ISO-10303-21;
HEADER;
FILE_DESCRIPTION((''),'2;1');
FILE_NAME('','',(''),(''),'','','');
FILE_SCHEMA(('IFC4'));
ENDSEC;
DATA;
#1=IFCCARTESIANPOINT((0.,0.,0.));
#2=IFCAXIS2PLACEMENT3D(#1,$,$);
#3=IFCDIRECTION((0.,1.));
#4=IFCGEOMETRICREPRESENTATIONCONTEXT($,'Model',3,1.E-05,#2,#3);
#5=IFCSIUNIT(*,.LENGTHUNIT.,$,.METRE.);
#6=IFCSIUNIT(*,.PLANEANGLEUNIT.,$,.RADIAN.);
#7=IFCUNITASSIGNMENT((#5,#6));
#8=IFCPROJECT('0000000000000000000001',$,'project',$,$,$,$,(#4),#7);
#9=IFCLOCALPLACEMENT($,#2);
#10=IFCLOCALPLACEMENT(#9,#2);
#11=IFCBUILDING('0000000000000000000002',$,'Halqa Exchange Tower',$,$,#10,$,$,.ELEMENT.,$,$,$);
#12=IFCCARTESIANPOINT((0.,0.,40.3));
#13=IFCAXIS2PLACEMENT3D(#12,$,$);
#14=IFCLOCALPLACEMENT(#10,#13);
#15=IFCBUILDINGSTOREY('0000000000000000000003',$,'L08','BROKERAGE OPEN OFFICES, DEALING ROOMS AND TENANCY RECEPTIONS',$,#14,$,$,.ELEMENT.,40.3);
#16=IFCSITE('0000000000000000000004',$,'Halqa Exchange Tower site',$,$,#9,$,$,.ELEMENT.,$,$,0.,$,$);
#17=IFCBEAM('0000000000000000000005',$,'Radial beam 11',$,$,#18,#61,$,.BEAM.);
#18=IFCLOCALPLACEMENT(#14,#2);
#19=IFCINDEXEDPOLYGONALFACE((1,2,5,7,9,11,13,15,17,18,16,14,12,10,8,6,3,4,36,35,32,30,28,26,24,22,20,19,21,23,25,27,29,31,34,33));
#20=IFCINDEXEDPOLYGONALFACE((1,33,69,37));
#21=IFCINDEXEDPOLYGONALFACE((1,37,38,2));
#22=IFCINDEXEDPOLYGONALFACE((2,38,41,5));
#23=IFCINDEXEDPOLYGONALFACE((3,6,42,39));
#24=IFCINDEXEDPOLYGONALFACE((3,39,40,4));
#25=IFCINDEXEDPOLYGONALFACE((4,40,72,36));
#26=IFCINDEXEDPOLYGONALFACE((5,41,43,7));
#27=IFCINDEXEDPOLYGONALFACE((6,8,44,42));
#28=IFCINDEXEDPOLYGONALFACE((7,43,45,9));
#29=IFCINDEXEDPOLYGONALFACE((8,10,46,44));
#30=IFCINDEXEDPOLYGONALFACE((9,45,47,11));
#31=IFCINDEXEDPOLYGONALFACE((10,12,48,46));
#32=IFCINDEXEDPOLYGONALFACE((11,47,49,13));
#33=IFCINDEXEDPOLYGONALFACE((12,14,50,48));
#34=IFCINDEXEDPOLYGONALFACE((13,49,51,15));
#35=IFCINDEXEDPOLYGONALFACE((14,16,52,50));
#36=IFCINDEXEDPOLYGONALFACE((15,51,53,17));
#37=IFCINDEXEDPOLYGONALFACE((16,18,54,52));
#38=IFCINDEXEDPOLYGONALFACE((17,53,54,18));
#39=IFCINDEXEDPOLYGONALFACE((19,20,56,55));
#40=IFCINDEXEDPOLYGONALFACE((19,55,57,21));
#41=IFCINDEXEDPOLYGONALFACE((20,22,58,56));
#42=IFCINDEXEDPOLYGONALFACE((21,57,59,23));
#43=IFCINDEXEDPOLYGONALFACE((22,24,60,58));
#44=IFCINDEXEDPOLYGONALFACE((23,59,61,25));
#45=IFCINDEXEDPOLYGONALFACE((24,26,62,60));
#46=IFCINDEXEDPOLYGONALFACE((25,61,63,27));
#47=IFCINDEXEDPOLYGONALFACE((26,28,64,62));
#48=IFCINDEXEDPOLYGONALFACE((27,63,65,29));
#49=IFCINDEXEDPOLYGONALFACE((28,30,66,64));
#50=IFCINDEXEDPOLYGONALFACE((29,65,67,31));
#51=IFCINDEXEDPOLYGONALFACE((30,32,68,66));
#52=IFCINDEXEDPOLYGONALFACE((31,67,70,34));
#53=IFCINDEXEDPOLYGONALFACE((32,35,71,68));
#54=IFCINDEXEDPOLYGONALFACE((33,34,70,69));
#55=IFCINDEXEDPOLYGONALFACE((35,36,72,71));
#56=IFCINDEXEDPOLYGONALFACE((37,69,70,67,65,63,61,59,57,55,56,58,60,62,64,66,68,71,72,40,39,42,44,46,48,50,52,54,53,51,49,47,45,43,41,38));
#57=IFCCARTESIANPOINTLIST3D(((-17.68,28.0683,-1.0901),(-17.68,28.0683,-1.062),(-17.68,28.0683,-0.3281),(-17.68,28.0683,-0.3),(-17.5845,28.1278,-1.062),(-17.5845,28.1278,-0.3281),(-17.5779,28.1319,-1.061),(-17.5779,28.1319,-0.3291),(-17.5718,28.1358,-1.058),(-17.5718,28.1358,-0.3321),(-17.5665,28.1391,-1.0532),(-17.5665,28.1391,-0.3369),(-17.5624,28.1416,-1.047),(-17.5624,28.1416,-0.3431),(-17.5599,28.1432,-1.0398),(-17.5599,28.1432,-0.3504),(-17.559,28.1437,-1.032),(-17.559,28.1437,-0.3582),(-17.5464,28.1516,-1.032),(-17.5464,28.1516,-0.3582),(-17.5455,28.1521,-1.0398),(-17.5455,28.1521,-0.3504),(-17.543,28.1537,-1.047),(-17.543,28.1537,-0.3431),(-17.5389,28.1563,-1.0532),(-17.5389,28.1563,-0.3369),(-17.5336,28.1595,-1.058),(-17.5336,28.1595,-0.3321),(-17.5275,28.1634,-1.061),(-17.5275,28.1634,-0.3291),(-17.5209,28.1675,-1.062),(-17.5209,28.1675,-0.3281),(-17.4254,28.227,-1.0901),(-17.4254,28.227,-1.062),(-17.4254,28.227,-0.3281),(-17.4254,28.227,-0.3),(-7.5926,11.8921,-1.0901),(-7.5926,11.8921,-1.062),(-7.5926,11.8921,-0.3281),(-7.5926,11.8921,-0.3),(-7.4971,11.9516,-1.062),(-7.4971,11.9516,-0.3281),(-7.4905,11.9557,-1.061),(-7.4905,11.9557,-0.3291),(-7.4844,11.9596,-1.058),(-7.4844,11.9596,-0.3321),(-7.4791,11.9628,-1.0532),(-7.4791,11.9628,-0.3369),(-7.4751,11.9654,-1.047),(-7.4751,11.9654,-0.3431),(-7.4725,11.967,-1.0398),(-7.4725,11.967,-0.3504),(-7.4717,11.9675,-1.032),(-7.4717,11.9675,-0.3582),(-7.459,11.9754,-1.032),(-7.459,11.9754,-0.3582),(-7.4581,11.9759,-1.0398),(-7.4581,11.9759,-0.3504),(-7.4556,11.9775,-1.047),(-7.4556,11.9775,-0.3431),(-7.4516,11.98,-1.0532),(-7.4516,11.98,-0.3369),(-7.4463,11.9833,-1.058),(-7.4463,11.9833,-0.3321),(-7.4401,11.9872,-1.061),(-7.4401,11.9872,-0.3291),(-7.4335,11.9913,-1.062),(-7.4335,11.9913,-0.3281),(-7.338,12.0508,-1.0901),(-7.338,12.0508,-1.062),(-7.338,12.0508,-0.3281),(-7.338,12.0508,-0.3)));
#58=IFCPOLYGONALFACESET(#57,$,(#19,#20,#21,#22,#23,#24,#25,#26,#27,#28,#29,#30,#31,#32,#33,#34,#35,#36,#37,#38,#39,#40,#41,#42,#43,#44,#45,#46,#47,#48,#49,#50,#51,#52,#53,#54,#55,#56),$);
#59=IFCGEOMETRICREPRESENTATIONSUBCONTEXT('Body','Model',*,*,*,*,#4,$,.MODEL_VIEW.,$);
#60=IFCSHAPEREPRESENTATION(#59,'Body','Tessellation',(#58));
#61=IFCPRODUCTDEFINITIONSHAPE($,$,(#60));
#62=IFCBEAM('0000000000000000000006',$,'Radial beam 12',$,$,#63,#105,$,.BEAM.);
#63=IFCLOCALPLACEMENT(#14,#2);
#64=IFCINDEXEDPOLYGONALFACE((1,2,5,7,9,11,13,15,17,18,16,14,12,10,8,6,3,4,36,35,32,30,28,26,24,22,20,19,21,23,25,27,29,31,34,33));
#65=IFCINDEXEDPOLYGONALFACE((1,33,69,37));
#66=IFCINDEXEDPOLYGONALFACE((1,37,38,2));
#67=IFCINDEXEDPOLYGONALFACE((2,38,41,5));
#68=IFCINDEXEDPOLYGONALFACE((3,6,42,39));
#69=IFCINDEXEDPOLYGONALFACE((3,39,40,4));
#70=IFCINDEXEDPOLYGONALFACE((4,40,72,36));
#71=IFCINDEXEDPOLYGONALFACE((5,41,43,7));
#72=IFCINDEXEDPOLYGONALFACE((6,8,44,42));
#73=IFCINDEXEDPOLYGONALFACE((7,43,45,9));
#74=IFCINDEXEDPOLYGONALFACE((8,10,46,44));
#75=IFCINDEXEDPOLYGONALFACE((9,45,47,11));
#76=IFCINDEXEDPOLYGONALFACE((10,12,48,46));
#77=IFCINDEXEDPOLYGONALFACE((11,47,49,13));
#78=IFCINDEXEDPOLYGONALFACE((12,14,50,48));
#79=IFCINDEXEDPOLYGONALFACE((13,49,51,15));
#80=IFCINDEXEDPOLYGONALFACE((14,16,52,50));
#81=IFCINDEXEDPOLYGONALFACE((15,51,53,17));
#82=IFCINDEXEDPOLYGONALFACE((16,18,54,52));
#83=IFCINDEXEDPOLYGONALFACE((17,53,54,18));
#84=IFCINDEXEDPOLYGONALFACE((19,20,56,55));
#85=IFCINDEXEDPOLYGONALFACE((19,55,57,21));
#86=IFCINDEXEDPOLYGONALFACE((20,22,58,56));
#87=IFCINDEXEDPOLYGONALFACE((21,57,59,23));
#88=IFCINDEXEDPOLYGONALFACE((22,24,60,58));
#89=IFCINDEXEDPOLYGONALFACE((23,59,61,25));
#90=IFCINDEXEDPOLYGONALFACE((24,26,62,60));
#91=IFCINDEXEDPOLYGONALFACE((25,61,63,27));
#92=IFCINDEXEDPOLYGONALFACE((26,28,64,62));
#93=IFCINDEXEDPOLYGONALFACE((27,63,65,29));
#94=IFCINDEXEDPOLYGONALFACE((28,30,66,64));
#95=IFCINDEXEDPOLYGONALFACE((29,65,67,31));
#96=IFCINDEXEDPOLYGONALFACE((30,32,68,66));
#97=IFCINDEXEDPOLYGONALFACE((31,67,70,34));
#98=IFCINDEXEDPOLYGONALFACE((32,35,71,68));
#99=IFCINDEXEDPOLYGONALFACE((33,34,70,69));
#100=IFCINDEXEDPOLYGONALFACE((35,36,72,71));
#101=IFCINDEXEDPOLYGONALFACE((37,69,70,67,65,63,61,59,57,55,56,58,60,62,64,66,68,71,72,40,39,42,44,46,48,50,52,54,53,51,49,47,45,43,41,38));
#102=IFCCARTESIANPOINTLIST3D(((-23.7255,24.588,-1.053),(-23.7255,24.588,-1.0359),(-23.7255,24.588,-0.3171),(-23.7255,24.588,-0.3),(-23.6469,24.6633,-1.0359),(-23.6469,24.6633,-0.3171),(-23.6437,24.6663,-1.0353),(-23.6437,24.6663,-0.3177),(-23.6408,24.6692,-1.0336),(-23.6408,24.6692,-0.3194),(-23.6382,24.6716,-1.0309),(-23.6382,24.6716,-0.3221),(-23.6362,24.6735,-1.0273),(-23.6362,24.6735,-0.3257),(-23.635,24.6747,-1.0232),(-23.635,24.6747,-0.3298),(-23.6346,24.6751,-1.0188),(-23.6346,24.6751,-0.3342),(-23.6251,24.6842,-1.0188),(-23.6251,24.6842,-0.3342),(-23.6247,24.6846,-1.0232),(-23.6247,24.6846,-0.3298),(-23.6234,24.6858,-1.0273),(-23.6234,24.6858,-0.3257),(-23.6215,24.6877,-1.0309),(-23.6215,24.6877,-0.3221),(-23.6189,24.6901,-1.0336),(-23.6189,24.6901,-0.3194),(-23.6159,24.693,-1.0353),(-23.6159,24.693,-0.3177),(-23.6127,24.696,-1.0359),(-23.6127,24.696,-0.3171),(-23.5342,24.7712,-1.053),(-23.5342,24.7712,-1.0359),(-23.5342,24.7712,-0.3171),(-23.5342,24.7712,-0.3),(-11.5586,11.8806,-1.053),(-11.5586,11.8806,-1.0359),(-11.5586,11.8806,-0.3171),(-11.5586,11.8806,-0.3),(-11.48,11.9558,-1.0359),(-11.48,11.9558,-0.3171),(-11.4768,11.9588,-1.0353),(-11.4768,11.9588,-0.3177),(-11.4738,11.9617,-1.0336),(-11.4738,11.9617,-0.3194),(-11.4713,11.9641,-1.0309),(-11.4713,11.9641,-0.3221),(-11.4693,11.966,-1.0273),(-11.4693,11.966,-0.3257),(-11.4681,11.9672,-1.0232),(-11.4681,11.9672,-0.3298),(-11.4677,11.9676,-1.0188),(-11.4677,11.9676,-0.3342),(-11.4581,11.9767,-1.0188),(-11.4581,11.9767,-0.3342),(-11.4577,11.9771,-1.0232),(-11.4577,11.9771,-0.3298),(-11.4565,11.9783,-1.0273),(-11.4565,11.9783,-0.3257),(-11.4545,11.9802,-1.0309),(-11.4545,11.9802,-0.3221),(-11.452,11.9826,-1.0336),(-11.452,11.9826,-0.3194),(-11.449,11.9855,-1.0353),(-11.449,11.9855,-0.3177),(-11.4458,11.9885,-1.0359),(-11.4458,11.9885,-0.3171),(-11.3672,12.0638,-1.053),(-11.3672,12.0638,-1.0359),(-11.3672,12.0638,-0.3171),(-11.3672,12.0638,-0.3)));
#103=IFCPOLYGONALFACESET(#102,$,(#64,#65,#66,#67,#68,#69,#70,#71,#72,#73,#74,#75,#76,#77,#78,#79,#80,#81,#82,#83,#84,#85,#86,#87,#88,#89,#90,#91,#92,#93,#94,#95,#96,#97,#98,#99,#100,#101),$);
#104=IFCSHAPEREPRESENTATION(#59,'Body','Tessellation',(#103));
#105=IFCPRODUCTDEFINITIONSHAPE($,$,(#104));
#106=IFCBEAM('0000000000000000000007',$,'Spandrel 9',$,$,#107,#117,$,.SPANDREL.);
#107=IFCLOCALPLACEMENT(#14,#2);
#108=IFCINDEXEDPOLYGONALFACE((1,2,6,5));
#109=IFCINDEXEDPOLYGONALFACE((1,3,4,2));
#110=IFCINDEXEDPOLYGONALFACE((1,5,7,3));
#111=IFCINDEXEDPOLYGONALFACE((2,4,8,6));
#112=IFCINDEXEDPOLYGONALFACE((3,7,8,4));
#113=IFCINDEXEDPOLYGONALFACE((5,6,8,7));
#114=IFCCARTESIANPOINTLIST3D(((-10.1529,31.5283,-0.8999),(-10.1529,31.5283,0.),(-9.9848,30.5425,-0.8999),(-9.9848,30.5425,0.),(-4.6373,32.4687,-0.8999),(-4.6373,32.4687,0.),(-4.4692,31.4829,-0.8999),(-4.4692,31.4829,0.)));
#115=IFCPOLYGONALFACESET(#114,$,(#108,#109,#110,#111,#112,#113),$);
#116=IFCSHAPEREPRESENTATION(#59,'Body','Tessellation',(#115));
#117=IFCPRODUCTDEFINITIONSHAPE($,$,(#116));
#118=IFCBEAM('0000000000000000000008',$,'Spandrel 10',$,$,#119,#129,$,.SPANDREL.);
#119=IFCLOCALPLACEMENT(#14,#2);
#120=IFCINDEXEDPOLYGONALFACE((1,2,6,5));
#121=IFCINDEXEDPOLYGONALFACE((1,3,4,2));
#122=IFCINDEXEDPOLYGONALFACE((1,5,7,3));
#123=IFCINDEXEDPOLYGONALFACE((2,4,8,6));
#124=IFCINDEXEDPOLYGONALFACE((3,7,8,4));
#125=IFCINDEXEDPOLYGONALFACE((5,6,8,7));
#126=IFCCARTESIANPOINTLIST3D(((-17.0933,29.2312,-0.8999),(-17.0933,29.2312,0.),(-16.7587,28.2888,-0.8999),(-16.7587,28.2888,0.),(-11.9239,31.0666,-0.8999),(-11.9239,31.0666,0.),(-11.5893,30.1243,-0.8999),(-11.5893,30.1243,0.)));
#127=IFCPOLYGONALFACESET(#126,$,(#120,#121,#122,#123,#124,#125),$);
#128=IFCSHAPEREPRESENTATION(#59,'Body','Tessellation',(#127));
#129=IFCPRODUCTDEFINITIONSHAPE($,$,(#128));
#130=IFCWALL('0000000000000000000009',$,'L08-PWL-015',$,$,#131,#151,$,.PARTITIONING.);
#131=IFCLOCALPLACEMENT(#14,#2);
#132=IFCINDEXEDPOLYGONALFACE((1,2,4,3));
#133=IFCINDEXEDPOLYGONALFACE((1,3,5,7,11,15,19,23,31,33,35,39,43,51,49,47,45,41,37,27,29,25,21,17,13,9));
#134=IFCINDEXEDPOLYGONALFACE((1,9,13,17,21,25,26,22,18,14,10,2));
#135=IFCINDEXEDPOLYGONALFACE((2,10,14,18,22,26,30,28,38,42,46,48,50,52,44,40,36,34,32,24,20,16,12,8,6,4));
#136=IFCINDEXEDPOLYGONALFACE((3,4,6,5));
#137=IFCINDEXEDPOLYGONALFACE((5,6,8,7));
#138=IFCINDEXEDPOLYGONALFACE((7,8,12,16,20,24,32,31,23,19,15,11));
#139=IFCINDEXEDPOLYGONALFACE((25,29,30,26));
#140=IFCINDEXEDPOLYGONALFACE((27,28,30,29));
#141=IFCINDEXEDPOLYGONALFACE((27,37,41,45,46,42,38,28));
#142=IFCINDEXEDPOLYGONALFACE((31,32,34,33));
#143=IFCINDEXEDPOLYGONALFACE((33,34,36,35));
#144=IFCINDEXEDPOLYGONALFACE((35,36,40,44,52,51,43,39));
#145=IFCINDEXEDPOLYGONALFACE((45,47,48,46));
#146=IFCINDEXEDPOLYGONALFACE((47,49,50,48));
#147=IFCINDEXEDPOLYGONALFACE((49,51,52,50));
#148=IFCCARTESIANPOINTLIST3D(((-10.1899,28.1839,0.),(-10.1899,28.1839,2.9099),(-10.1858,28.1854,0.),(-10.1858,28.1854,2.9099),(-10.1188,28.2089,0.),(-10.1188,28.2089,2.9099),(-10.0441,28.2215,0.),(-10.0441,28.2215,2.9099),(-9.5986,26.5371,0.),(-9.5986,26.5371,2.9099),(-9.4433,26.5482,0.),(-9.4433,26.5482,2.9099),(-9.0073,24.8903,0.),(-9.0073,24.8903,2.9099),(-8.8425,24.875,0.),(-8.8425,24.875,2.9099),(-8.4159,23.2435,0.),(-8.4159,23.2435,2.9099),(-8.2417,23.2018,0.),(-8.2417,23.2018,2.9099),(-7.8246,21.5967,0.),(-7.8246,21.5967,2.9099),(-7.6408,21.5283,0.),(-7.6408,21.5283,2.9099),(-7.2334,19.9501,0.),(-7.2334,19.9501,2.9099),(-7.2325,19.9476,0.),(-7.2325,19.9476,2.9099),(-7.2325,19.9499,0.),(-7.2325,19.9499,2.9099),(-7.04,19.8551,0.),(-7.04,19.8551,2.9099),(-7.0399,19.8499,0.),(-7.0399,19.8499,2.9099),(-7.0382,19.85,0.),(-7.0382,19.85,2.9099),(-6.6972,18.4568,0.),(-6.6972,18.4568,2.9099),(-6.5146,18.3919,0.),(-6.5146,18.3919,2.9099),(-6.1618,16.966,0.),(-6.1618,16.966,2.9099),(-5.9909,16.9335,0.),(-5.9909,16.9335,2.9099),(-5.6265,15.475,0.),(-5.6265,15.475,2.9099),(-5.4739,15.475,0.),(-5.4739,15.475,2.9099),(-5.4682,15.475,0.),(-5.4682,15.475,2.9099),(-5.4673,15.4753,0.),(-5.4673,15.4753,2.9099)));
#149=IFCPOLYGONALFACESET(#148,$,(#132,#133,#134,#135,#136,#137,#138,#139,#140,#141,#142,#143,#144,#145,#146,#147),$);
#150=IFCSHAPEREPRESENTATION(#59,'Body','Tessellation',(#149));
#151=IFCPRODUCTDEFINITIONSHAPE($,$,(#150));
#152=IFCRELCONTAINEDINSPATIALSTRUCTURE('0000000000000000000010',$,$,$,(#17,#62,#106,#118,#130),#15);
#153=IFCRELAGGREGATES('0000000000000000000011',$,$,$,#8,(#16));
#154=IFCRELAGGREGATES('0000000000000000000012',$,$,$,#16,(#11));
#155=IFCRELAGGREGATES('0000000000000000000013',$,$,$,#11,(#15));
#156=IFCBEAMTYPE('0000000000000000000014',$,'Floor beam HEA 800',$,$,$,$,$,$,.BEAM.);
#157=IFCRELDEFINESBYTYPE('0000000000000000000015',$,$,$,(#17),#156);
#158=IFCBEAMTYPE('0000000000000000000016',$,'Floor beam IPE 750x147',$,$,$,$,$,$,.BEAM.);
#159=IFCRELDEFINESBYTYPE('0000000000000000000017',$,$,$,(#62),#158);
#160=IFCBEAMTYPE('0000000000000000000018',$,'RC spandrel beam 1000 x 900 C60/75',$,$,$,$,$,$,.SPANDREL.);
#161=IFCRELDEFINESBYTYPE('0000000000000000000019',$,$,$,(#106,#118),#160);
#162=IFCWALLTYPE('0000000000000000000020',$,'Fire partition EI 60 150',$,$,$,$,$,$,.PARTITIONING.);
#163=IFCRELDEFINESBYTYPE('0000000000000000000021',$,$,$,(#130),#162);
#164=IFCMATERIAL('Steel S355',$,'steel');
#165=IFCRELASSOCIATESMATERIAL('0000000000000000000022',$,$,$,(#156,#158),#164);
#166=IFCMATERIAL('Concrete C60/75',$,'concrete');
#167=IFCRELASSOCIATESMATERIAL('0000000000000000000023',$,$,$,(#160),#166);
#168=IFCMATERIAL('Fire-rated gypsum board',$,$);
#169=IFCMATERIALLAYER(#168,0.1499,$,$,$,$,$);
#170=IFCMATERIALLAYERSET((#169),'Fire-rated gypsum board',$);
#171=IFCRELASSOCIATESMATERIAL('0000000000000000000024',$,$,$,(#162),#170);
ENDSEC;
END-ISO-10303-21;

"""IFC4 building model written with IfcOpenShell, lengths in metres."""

from ifc_helpers import new_model, si_unit, direction, frame, origin, origin_2d, place, context, subcontext, project, spatial, polyline, rectangle, i_section, outline, extrude, material, layer, layer_set, material_profile, profile_set, type_object, element, save


model = new_model("IFC4")

# Units and contexts
model_context = context("Model", 3, precision=1e-05, world=origin(), true_north=direction((0.0, 1.0)))
body_context = subcontext(model_context, "Body", "Model", "MODEL_VIEW")
ifc_project = project(units=[si_unit("LENGTHUNIT", "METRE"), si_unit("PLANEANGLEUNIT", "RADIAN")], contexts=[model_context])

# Site, building, storey
site_placement = place(None, origin())
site = spatial("IfcSite", under=ifc_project, at=site_placement, Name="Halqa Exchange Tower site", CompositionType="ELEMENT", RefElevation=0.0)
building_placement = place(site_placement, origin())
building = spatial("IfcBuilding", under=site, at=building_placement, Name="Halqa Exchange Tower", CompositionType="ELEMENT")
storey_placement = place(building_placement, frame((0.0, 0.0, 40.3)))
storey = spatial("IfcBuildingStorey", under=building, at=storey_placement, Name="L08", Description="BROKERAGE OPEN OFFICES, DEALING ROOMS AND TENANCY RECEPTIONS", CompositionType="ELEMENT", Elevation=40.3)

# Beams
ifc_material_1 = material(Name="Steel S355", Category="steel")
ifc_material_profile_1 = material_profile(ifc_material_1, i_section(OverallWidth=0.3, OverallDepth=0.79, WebThickness=0.0149, FlangeThickness=0.0281, FilletRadius=0.03, at=origin_2d()), Name="HEA 800")
ifc_profile_set_1 = profile_set([ifc_material_profile_1], Name="Steel S355")
beam_type_1 = type_object("IfcBeamType", Name="Floor beam HEA 800", PredefinedType="BEAM", material=ifc_profile_set_1)
beam_1_placement = place(storey_placement, frame((-7.4653, 11.9714, -0.6951), z_axis=(-0.52914, 0.848535, 0.0), x_axis=(-0.848535, -0.52914, 0.0)))
element("IfcBeam", 1, at=beam_1_placement, inside=storey, type_object=beam_type_1, Name="Radial beam 11", PredefinedType="BEAM", context=body_context, shape_type="SweptSolid", body=[
    extrude(i_section(OverallWidth=0.3, OverallDepth=0.79, WebThickness=0.0149, FlangeThickness=0.0281, FilletRadius=0.03, at=origin_2d()), origin(), (0.0, 0.0, 1.0), 19.0637),
])
ifc_material_profile_2 = material_profile(ifc_material_1, i_section(OverallWidth=0.2649, OverallDepth=0.7529, WebThickness=0.0132, FlangeThickness=0.0171, FilletRadius=0.0171, at=origin_2d()), Name="IPE 750x147")
ifc_profile_set_2 = profile_set([ifc_material_profile_2], Name="Steel S355")
beam_type_2 = type_object("IfcBeamType", Name="Floor beam IPE 750x147", PredefinedType="BEAM", material=ifc_profile_set_2)
beam_2_placement = place(storey_placement, frame((-11.4629, 11.9722, -0.6765), z_axis=(-0.691578, 0.722302, 0.0), x_axis=(-0.722302, -0.691578, 0.0)))
element("IfcBeam", 2, at=beam_2_placement, inside=storey, type_object=beam_type_2, Name="Radial beam 12", PredefinedType="BEAM", context=body_context, shape_type="SweptSolid", body=[
    extrude(i_section(OverallWidth=0.2649, OverallDepth=0.7529, WebThickness=0.0132, FlangeThickness=0.0171, FilletRadius=0.0171, at=origin_2d()), origin(), (0.0, 0.0, 1.0), 17.593),
])
ifc_material_2 = material(Name="Concrete C60/75", Category="concrete")
ifc_material_profile_3 = material_profile(ifc_material_2, rectangle(XDim=1.0, YDim=0.8999, at=origin_2d()), Name="1000 x 900")
ifc_profile_set_3 = profile_set([ifc_material_profile_3], Name="Concrete C60/75")
beam_type_3 = type_object("IfcBeamType", Name="RC spandrel beam 1000 x 900 C60/75", PredefinedType="SPANDREL", material=ifc_profile_set_3)
beam_3_placement = place(storey_placement, frame((-4.5532, 31.9758, -0.45), z_axis=(-0.985774, -0.168077, 0.0), x_axis=(0.168077, -0.985774, 0.0)))
element("IfcBeam", 3, at=beam_3_placement, inside=storey, type_object=beam_type_3, Name="Spandrel 9", PredefinedType="SPANDREL", context=body_context, shape_type="SweptSolid", body=[
    extrude(rectangle(XDim=1.0, YDim=0.8999, at=origin_2d()), origin(), (0.0, 0.0, 1.0), 5.5952),
])
beam_4_placement = place(storey_placement, frame((-11.7566, 30.5955, -0.45), z_axis=(-0.942363, -0.334593, 0.0), x_axis=(0.334593, -0.942363, 0.0)))
element("IfcBeam", 4, at=beam_4_placement, inside=storey, type_object=beam_type_3, Name="Spandrel 10", PredefinedType="SPANDREL", context=body_context, shape_type="SweptSolid", body=[
    extrude(rectangle(XDim=1.0, YDim=0.8999, at=origin_2d()), origin(), (0.0, 0.0, 1.0), 5.4856),
])

# Wall
ifc_material_3 = material(Name="Fire-rated gypsum board")
ifc_layer_1 = layer(ifc_material_3, 0.1499)
ifc_layer_set_1 = layer_set([ifc_layer_1], Name="Fire-rated gypsum board")
wall_type_1 = type_object("IfcWallType", Name="Fire partition EI 60 150", PredefinedType="PARTITIONING", material=ifc_layer_set_1)
wall_1_placement = place(storey_placement, frame((-10.1194, 28.2092, 0.0), z_axis=(0.0, 0.0, 1.0), x_axis=(0.337949, -0.941164, 0.0)))
element("IfcWall", 5, at=wall_1_placement, inside=storey, type_object=wall_type_1, Name="L08-PWL-015", PredefinedType="PARTITIONING", context=body_context, shape_type="SweptSolid", body=[
    extrude(outline(polyline([(0.0, -0.075), (1.7498, -0.075), (3.4995, -0.075), (5.2493, -0.075), (6.999, -0.075), (8.7485, -0.075), (8.749, -0.0742), (8.7512, -0.075), (10.3352, -0.075), (11.9192, -0.075), (13.5034, -0.075), (13.5549, 0.0686), (13.5549, 0.0686), (13.5569, 0.074), (13.5569, 0.075), (12.0076, 0.075), (10.458, 0.075), (8.9087, 0.075), (8.9082, 0.0732), (8.9033, 0.075), (7.1255, 0.075), (5.3474, 0.075), (3.5696, 0.075), (1.7917, 0.075), (0.0139, 0.075), (0.0005, 0.0005), (0.0, -0.0706), (0.0, -0.075)])), origin(), (0.0, 0.0, 1.0), 2.9099),
])

save(model, "model.ifc")
